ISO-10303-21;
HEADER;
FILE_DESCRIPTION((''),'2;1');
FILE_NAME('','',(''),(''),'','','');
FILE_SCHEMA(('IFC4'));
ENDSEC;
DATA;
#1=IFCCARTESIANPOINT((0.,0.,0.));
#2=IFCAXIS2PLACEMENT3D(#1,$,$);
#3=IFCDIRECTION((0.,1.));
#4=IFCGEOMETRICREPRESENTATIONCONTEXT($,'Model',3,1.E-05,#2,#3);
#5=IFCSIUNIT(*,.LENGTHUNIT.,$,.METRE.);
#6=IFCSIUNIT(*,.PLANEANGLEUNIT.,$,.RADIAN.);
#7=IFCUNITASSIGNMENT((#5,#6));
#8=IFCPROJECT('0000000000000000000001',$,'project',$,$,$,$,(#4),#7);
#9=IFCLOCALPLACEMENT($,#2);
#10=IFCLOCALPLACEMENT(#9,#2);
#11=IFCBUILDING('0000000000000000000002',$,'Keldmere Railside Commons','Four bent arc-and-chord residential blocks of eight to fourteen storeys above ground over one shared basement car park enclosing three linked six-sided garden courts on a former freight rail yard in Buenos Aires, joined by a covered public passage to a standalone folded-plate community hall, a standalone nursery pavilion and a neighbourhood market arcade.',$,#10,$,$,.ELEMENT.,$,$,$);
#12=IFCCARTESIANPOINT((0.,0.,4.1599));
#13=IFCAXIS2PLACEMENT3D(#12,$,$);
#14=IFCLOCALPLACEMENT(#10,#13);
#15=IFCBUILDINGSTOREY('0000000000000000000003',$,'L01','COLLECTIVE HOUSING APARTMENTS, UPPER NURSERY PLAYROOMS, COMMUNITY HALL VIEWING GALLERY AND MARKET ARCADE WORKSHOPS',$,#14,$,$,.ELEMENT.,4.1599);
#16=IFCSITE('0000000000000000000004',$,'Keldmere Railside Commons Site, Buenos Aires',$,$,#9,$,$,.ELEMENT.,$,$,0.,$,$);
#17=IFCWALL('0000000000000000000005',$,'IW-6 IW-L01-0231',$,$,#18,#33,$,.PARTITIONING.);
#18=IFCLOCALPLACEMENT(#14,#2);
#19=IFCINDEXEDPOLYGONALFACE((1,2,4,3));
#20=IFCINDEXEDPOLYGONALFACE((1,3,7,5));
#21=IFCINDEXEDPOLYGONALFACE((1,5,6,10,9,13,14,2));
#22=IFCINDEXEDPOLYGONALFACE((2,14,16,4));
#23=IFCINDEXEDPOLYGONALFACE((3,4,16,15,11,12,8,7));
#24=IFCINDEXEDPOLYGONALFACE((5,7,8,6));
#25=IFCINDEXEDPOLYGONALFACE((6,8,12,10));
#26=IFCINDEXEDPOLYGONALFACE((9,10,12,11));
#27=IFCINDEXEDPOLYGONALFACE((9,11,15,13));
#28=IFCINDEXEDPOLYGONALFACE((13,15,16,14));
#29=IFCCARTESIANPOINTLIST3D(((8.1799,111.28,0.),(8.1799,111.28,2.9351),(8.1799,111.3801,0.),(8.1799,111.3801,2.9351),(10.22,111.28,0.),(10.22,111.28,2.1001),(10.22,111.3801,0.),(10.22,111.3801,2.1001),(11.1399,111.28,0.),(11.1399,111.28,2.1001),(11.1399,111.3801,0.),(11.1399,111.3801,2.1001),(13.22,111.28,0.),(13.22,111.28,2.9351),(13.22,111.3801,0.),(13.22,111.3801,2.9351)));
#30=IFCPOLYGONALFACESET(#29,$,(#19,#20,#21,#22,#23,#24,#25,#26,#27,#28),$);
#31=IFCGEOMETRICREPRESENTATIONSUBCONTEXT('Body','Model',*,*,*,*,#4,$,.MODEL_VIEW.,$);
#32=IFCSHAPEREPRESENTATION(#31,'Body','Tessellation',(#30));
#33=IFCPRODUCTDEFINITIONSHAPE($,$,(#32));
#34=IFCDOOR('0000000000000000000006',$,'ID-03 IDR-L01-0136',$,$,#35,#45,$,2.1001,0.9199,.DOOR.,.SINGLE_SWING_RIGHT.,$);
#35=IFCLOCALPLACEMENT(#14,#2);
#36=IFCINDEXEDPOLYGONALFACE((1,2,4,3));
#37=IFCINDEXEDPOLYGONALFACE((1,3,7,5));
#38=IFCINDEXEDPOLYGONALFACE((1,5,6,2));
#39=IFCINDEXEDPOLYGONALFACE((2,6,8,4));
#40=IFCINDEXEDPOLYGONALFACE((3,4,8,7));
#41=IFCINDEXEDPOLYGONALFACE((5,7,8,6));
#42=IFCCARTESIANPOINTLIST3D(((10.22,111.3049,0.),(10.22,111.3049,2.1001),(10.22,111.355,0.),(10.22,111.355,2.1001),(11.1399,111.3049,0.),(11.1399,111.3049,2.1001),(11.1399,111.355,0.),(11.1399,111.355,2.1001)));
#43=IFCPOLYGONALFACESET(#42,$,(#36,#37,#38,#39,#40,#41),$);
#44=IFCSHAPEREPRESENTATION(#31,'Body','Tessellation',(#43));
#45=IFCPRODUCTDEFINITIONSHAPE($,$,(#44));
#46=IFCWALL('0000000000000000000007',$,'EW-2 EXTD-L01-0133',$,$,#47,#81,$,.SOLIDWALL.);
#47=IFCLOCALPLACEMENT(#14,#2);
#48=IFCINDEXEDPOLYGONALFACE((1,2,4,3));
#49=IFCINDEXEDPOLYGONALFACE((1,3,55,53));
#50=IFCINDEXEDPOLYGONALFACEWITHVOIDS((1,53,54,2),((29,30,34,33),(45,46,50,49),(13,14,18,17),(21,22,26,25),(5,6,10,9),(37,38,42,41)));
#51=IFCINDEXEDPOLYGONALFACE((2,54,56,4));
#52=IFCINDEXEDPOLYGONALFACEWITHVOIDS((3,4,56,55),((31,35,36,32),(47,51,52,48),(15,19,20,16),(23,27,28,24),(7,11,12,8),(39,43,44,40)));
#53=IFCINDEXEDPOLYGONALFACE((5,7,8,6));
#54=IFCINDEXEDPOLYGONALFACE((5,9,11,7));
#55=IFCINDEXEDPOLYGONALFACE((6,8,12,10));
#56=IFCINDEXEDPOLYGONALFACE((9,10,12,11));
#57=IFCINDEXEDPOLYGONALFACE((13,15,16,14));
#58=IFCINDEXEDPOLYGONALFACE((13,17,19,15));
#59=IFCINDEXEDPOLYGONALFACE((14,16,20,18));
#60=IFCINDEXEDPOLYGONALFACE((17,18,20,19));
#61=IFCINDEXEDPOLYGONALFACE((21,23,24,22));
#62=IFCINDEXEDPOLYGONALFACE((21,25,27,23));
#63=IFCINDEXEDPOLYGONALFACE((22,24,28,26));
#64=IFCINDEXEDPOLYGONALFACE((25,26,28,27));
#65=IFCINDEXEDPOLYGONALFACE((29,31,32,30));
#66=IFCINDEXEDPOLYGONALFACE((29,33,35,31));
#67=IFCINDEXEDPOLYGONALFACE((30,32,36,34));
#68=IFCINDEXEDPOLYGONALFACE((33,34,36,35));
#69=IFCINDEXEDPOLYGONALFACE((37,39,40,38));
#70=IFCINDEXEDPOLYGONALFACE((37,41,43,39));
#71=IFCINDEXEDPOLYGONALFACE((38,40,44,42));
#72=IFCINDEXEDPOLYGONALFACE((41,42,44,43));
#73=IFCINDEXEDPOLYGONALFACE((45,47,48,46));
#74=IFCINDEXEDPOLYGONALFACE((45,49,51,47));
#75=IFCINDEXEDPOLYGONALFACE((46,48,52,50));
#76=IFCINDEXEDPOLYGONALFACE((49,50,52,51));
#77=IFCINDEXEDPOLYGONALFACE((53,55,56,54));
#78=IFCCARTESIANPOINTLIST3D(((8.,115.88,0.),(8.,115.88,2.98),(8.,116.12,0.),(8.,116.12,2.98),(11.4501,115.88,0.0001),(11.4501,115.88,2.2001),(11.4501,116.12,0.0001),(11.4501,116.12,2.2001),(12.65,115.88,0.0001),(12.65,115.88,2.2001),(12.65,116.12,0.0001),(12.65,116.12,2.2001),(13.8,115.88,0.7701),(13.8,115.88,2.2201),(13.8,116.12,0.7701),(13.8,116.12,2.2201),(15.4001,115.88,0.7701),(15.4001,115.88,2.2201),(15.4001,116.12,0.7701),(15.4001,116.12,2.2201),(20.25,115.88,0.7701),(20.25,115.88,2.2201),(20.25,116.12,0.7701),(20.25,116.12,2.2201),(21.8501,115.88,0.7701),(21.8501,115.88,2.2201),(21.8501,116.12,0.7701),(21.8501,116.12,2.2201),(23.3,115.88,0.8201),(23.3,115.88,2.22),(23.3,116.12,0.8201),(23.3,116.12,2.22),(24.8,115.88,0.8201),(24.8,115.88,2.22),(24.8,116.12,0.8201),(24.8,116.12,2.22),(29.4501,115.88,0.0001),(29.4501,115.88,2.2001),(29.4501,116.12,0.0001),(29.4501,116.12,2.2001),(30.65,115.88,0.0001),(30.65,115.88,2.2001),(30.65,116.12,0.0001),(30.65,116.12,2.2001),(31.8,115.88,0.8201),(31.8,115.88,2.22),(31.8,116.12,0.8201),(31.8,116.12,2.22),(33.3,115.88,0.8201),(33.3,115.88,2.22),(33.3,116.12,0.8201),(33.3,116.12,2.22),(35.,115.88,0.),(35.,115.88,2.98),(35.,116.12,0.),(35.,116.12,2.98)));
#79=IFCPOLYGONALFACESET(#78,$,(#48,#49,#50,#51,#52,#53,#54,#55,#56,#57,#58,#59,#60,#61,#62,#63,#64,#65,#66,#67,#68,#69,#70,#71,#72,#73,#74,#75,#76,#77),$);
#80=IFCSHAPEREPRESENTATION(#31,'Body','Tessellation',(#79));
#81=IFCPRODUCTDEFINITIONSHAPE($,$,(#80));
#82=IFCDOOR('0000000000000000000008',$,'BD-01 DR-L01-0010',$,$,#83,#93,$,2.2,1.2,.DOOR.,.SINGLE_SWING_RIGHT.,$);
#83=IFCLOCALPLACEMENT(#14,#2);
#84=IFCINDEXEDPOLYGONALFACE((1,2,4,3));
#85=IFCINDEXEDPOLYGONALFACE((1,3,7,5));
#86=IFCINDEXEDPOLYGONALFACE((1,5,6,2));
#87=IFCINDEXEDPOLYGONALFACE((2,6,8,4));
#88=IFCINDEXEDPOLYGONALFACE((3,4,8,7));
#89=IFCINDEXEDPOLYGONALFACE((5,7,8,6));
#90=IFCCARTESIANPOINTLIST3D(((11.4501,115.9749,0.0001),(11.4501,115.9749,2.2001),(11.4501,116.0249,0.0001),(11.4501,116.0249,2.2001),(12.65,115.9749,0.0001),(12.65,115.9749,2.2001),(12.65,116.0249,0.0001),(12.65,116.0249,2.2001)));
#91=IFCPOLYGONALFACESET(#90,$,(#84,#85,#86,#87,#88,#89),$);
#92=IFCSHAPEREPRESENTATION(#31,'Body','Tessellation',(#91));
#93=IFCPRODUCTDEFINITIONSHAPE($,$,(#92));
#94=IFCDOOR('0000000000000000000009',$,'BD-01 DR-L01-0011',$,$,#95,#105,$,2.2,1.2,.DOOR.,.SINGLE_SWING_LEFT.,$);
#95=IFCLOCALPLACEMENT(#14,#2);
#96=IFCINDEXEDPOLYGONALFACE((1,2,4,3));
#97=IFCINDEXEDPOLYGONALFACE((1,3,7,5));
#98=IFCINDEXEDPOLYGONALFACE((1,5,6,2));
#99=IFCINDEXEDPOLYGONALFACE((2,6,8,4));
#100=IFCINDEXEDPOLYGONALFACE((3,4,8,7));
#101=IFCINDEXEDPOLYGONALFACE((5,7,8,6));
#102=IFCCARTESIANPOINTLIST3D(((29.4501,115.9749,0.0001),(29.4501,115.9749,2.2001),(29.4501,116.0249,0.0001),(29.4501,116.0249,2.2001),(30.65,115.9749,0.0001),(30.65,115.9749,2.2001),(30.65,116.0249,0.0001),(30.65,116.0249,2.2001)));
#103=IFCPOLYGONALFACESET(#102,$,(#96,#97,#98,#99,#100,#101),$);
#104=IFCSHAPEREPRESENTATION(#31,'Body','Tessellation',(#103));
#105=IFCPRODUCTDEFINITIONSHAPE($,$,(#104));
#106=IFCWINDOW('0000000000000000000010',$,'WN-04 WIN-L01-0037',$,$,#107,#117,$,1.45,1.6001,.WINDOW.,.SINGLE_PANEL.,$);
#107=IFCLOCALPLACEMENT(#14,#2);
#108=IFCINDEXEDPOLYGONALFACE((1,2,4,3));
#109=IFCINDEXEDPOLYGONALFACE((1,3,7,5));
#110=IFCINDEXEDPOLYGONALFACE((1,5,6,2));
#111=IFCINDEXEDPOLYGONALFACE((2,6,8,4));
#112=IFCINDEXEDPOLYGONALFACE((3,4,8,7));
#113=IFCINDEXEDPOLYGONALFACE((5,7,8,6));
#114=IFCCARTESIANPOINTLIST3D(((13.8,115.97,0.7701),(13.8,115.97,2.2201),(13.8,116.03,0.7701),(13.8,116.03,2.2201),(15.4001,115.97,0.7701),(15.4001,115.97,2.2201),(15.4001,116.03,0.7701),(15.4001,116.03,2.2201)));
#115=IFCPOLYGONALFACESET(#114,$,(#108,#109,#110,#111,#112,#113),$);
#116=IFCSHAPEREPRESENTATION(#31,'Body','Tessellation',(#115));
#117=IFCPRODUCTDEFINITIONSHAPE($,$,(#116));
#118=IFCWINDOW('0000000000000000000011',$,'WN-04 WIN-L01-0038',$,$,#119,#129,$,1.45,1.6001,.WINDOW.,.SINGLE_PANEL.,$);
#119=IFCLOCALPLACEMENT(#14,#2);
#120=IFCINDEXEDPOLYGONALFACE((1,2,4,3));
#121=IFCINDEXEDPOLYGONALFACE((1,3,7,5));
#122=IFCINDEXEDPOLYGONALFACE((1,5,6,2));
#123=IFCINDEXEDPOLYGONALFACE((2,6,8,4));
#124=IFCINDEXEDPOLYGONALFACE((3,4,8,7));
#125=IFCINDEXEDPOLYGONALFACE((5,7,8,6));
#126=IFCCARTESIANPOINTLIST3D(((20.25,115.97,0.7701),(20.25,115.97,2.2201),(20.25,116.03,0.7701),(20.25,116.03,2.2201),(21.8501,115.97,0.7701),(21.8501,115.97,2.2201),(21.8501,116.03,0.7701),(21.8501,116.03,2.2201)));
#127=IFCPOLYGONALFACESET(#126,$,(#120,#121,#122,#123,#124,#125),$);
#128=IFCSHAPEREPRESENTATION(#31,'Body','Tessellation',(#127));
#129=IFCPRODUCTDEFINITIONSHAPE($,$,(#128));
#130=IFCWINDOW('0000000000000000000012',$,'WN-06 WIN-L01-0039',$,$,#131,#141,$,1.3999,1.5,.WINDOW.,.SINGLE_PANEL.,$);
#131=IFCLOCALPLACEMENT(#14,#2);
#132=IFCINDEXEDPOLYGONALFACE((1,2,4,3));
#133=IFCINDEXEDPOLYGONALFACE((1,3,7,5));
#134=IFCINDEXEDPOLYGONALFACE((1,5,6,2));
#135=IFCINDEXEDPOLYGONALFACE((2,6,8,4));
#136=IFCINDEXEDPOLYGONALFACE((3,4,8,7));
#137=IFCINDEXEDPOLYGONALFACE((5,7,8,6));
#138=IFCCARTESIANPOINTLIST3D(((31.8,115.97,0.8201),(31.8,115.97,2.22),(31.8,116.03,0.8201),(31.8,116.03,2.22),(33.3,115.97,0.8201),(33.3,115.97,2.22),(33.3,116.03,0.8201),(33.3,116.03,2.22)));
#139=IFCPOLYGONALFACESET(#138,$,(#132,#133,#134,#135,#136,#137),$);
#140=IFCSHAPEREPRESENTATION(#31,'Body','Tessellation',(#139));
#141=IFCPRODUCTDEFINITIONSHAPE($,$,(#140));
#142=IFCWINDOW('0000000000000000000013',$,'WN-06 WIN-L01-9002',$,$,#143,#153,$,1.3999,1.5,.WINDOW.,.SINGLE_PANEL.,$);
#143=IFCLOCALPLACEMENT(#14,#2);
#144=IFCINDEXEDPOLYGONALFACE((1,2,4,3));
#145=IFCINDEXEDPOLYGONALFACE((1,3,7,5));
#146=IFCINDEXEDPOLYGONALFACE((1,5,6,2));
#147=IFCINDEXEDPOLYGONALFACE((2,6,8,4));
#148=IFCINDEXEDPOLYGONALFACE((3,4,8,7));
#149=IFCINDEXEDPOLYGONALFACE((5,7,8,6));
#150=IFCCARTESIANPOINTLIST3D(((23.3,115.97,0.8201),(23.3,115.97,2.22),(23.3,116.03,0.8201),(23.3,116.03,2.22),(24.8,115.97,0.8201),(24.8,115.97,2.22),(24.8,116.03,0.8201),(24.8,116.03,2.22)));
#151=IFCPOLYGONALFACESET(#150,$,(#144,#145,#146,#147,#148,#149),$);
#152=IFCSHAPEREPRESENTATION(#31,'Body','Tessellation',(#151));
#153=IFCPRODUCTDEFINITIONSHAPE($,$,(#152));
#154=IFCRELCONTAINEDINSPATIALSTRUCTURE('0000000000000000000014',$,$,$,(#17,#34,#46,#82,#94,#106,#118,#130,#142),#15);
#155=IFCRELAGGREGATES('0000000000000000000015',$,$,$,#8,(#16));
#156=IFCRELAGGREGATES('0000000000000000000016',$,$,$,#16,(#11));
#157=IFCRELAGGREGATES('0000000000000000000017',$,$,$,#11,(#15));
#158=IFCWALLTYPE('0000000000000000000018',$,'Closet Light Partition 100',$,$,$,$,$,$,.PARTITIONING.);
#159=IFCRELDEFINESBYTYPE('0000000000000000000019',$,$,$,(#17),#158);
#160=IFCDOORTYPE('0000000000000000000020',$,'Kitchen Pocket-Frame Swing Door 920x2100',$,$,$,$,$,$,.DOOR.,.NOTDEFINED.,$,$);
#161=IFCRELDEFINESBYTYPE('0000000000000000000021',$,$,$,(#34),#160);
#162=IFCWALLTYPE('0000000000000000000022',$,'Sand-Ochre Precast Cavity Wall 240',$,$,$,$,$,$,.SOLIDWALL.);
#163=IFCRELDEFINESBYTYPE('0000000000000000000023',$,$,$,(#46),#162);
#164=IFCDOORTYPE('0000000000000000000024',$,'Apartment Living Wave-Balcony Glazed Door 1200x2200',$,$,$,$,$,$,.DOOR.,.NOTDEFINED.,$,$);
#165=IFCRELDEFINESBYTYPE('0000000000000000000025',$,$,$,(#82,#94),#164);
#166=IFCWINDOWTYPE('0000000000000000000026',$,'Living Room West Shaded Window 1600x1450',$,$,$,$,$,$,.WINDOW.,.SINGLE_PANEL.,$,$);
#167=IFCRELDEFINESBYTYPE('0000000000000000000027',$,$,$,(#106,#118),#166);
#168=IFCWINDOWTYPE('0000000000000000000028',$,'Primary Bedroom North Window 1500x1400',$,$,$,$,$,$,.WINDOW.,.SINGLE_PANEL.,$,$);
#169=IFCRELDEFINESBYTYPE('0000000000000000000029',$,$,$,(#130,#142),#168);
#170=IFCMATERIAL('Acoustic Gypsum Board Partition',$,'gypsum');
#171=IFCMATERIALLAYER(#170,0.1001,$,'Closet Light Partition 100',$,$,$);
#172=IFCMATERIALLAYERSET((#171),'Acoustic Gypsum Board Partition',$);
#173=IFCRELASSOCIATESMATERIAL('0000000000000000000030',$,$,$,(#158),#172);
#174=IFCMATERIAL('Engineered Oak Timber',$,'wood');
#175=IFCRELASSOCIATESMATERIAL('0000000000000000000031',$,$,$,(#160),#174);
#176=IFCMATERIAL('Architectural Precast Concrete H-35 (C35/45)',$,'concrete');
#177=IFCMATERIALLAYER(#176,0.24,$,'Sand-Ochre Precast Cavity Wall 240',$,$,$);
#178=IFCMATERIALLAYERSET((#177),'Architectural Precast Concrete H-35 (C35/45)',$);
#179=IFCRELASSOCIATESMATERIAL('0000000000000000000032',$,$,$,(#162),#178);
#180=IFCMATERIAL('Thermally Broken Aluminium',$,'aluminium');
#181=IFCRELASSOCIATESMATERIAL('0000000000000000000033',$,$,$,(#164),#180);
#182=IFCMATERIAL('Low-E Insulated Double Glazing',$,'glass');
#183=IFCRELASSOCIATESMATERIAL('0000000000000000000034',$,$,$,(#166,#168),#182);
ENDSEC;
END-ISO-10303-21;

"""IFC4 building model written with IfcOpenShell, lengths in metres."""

from ifc_helpers import new_model, si_unit, direction, frame, frame_2d, origin, place, context, subcontext, project, spatial, rectangle, extrude, material, layer, layer_set, type_object, element, fill, save


model = new_model("IFC4")

# Units and contexts
model_context = context("Model", 3, precision=1e-05, world=origin(), true_north=direction((0.0, 1.0)))
body_context = subcontext(model_context, "Body", "Model", "MODEL_VIEW")
ifc_project = project(units=[si_unit("LENGTHUNIT", "METRE"), si_unit("PLANEANGLEUNIT", "RADIAN")], contexts=[model_context])

# Site, building, storey
site_placement = place(None, origin())
site = spatial("IfcSite", under=ifc_project, at=site_placement, Name="Keldmere Railside Commons Site, Buenos Aires", CompositionType="ELEMENT", RefElevation=0.0)
building_placement = place(site_placement, origin())
building = spatial("IfcBuilding", under=site, at=building_placement, Name="Keldmere Railside Commons", Description="Four bent arc-and-chord residential blocks of eight to fourteen storeys above ground over one shared basement car park enclosing three linked six-sided garden courts on a former freight rail yard in Buenos Aires, joined by a covered public passage to a standalone folded-plate community hall, a standalone nursery pavilion and a neighbourhood market arcade.", CompositionType="ELEMENT")
storey_placement = place(building_placement, frame((0.0, 0.0, 4.1599)))
storey = spatial("IfcBuildingStorey", under=building, at=storey_placement, Name="L01", Description="COLLECTIVE HOUSING APARTMENTS, UPPER NURSERY PLAYROOMS, COMMUNITY HALL VIEWING GALLERY AND MARKET ARCADE WORKSHOPS", CompositionType="ELEMENT", Elevation=4.1599)

# Shared definitions
ifc_material_1 = material(Name="Architectural Precast Concrete H-35 (C35/45)", Category="concrete")

# Wall, opening, door
ifc_material_2 = material(Name="Acoustic Gypsum Board Partition", Category="gypsum")
ifc_layer_1 = layer(ifc_material_2, 0.1001, Name="Closet Light Partition 100")
ifc_layer_set_1 = layer_set([ifc_layer_1], Name="Acoustic Gypsum Board Partition")
wall_type_1 = type_object("IfcWallType", Name="Closet Light Partition 100", PredefinedType="PARTITIONING", material=ifc_layer_set_1)
wall_1_placement = place(storey_placement, frame((8.1799, 111.3301, 0.0), z_axis=(0.0, 0.0, 1.0), x_axis=(1.0, 0.0, 0.0)))
wall_1 = element("IfcWall", 1, at=wall_1_placement, inside=storey, type_object=wall_type_1, Name="IW-6 IW-L01-0231", PredefinedType="PARTITIONING", context=body_context, shape_type="SweptSolid", body=[
    extrude(rectangle(XDim=5.04, YDim=0.1001, at=frame_2d((2.52, 0.0))), origin(), (0.0, 0.0, 1.0), 2.9351),
])
opening_1_placement = place(wall_1_placement, frame((2.04, 0.0, 0.0)))
opening_1 = element("IfcOpeningElement", 2, at=opening_1_placement, cuts=wall_1, PredefinedType="OPENING", context=body_context, shape_type="SweptSolid", body=[
    extrude(rectangle(XDim=0.9199, YDim=2.1001, at=frame_2d((0.46, 1.05))), frame((0.0, 0.0601, 0.0), z_axis=(0.0, -1.0, 0.0), x_axis=(1.0, 0.0, 0.0)), (0.0, 0.0, 1.0), 0.1201),
])
ifc_material_3 = material(Name="Engineered Oak Timber", Category="wood")
door_type_1 = type_object("IfcDoorType", Name="Kitchen Pocket-Frame Swing Door 920x2100", OperationType="NOTDEFINED", PredefinedType="DOOR", material=ifc_material_3)
door_1_placement = place(opening_1_placement, origin())
door_1 = element("IfcDoor", 3, at=door_1_placement, inside=storey, type_object=door_type_1, Name="ID-03 IDR-L01-0136", OperationType="SINGLE_SWING_RIGHT", OverallHeight=2.1001, OverallWidth=0.9199, PredefinedType="DOOR", context=body_context, shape_type="SweptSolid", body=[
    extrude(rectangle(XDim=0.9199, YDim=2.1001, at=frame_2d((0.46, 1.05))), frame((0.0, 0.0249, 0.0), z_axis=(0.0, -1.0, 0.0), x_axis=(1.0, 0.0, 0.0)), (0.0, 0.0, 1.0), 0.05),
])
fill(opening_1, door_1)

# Wall, openings, doors, windows
ifc_layer_2 = layer(ifc_material_1, 0.24, Name="Sand-Ochre Precast Cavity Wall 240")
ifc_layer_set_2 = layer_set([ifc_layer_2], Name="Architectural Precast Concrete H-35 (C35/45)")
wall_type_2 = type_object("IfcWallType", Name="Sand-Ochre Precast Cavity Wall 240", PredefinedType="SOLIDWALL", material=ifc_layer_set_2)
wall_2_placement = place(storey_placement, frame((8.0, 116.0, 0.0), z_axis=(0.0, 0.0, 1.0), x_axis=(1.0, 0.0, 0.0)))
wall_2 = element("IfcWall", 4, at=wall_2_placement, inside=storey, type_object=wall_type_2, Name="EW-2 EXTD-L01-0133", PredefinedType="SOLIDWALL", context=body_context, shape_type="SweptSolid", body=[
    extrude(rectangle(XDim=27.0, YDim=0.24, at=frame_2d((13.5, 0.0))), origin(), (0.0, 0.0, 1.0), 2.98),
])
opening_2_placement = place(wall_2_placement, frame((3.45, 0.0, 0.0)))
opening_2 = element("IfcOpeningElement", 5, at=opening_2_placement, cuts=wall_2, PredefinedType="OPENING", context=body_context, shape_type="SweptSolid", body=[
    extrude(rectangle(XDim=1.2, YDim=2.2, at=frame_2d((0.6001, 1.1001))), frame((0.0, 0.1299, 0.0), z_axis=(0.0, -1.0, 0.0), x_axis=(1.0, 0.0, 0.0)), (0.0, 0.0, 1.0), 0.26),
])
opening_3_placement = place(wall_2_placement, frame((5.8, 0.0, 0.77)))
opening_3 = element("IfcOpeningElement", 6, at=opening_3_placement, cuts=wall_2, PredefinedType="OPENING", context=body_context, shape_type="SweptSolid", body=[
    extrude(rectangle(XDim=1.6001, YDim=1.45, at=frame_2d((0.8, 0.7251))), frame((0.0, 0.1299, 0.0), z_axis=(0.0, -1.0, 0.0), x_axis=(1.0, 0.0, 0.0)), (0.0, 0.0, 1.0), 0.26),
])
opening_4_placement = place(wall_2_placement, frame((12.25, 0.0, 0.77)))
opening_4 = element("IfcOpeningElement", 7, at=opening_4_placement, cuts=wall_2, PredefinedType="OPENING", context=body_context, shape_type="SweptSolid", body=[
    extrude(rectangle(XDim=1.6001, YDim=1.45, at=frame_2d((0.8, 0.7251))), frame((0.0, 0.1299, 0.0), z_axis=(0.0, -1.0, 0.0), x_axis=(1.0, 0.0, 0.0)), (0.0, 0.0, 1.0), 0.26),
])
opening_5_placement = place(wall_2_placement, frame((21.45, 0.0, 0.0)))
opening_5 = element("IfcOpeningElement", 8, at=opening_5_placement, cuts=wall_2, PredefinedType="OPENING", context=body_context, shape_type="SweptSolid", body=[
    extrude(rectangle(XDim=1.2, YDim=2.2, at=frame_2d((0.6001, 1.1001))), frame((0.0, 0.1299, 0.0), z_axis=(0.0, -1.0, 0.0), x_axis=(1.0, 0.0, 0.0)), (0.0, 0.0, 1.0), 0.26),
])
opening_6_placement = place(wall_2_placement, frame((23.8, 0.0, 0.8201)))
opening_6 = element("IfcOpeningElement", 9, at=opening_6_placement, cuts=wall_2, PredefinedType="OPENING", context=body_context, shape_type="SweptSolid", body=[
    extrude(rectangle(XDim=1.5, YDim=1.3999, at=frame_2d((0.75, 0.7))), frame((0.0, 0.1299, 0.0), z_axis=(0.0, -1.0, 0.0), x_axis=(1.0, 0.0, 0.0)), (0.0, 0.0, 1.0), 0.26),
])
opening_7_placement = place(wall_2_placement, frame((15.3, 0.0, 0.8201)))
opening_7 = element("IfcOpeningElement", 10, at=opening_7_placement, cuts=wall_2, PredefinedType="OPENING", context=body_context, shape_type="SweptSolid", body=[
    extrude(rectangle(XDim=1.5, YDim=1.3999, at=frame_2d((0.75, 0.7))), frame((0.0, 0.1299, 0.0), z_axis=(0.0, -1.0, 0.0), x_axis=(1.0, 0.0, 0.0)), (0.0, 0.0, 1.0), 0.26),
])
ifc_material_4 = material(Name="Thermally Broken Aluminium", Category="aluminium")
door_type_2 = type_object("IfcDoorType", Name="Apartment Living Wave-Balcony Glazed Door 1200x2200", OperationType="NOTDEFINED", PredefinedType="DOOR", material=ifc_material_4)
door_2_placement = place(opening_2_placement, origin())
door_2 = element("IfcDoor", 11, at=door_2_placement, inside=storey, type_object=door_type_2, Name="BD-01 DR-L01-0010", OperationType="SINGLE_SWING_RIGHT", OverallHeight=2.2, OverallWidth=1.2, PredefinedType="DOOR", context=body_context, shape_type="SweptSolid", body=[
    extrude(rectangle(XDim=1.2, YDim=2.2, at=frame_2d((0.6001, 1.1001))), frame((0.0, 0.0249, 0.0), z_axis=(0.0, -1.0, 0.0), x_axis=(1.0, 0.0, 0.0)), (0.0, 0.0, 1.0), 0.05),
])
fill(opening_2, door_2)
door_3_placement = place(opening_5_placement, origin())
door_3 = element("IfcDoor", 12, at=door_3_placement, inside=storey, type_object=door_type_2, Name="BD-01 DR-L01-0011", OperationType="SINGLE_SWING_LEFT", OverallHeight=2.2, OverallWidth=1.2, PredefinedType="DOOR", context=body_context, shape_type="SweptSolid", body=[
    extrude(rectangle(XDim=1.2, YDim=2.2, at=frame_2d((0.6001, 1.1001))), frame((0.0, 0.0249, 0.0), z_axis=(0.0, -1.0, 0.0), x_axis=(1.0, 0.0, 0.0)), (0.0, 0.0, 1.0), 0.05),
])
fill(opening_5, door_3)
ifc_material_5 = material(Name="Low-E Insulated Double Glazing", Category="glass")
window_type_1 = type_object("IfcWindowType", Name="Living Room West Shaded Window 1600x1450", PartitioningType="SINGLE_PANEL", PredefinedType="WINDOW", material=ifc_material_5)
window_1_placement = place(opening_3_placement, origin())
window_1 = element("IfcWindow", 13, at=window_1_placement, inside=storey, type_object=window_type_1, Name="WN-04 WIN-L01-0037", OverallHeight=1.45, OverallWidth=1.6001, PartitioningType="SINGLE_PANEL", PredefinedType="WINDOW", context=body_context, shape_type="SweptSolid", body=[
    extrude(rectangle(XDim=1.6001, YDim=1.45, at=frame_2d((0.8, 0.7251))), frame((0.0, 0.03, 0.0), z_axis=(0.0, -1.0, 0.0), x_axis=(1.0, 0.0, 0.0)), (0.0, 0.0, 1.0), 0.0601),
])
fill(opening_3, window_1)
window_2_placement = place(opening_4_placement, origin())
window_2 = element("IfcWindow", 14, at=window_2_placement, inside=storey, type_object=window_type_1, Name="WN-04 WIN-L01-0038", OverallHeight=1.45, OverallWidth=1.6001, PartitioningType="SINGLE_PANEL", PredefinedType="WINDOW", context=body_context, shape_type="SweptSolid", body=[
    extrude(rectangle(XDim=1.6001, YDim=1.45, at=frame_2d((0.8, 0.7251))), frame((0.0, 0.03, 0.0), z_axis=(0.0, -1.0, 0.0), x_axis=(1.0, 0.0, 0.0)), (0.0, 0.0, 1.0), 0.0601),
])
fill(opening_4, window_2)
window_type_2 = type_object("IfcWindowType", Name="Primary Bedroom North Window 1500x1400", PartitioningType="SINGLE_PANEL", PredefinedType="WINDOW", material=ifc_material_5)
window_3_placement = place(opening_6_placement, origin())
window_3 = element("IfcWindow", 15, at=window_3_placement, inside=storey, type_object=window_type_2, Name="WN-06 WIN-L01-0039", OverallHeight=1.3999, OverallWidth=1.5, PartitioningType="SINGLE_PANEL", PredefinedType="WINDOW", context=body_context, shape_type="SweptSolid", body=[
    extrude(rectangle(XDim=1.5, YDim=1.3999, at=frame_2d((0.75, 0.7))), frame((0.0, 0.03, 0.0), z_axis=(0.0, -1.0, 0.0), x_axis=(1.0, 0.0, 0.0)), (0.0, 0.0, 1.0), 0.0601),
])
fill(opening_6, window_3)
window_4_placement = place(opening_7_placement, origin())
window_4 = element("IfcWindow", 16, at=window_4_placement, inside=storey, type_object=window_type_2, Name="WN-06 WIN-L01-9002", OverallHeight=1.3999, OverallWidth=1.5, PartitioningType="SINGLE_PANEL", PredefinedType="WINDOW", context=body_context, shape_type="SweptSolid", body=[
    extrude(rectangle(XDim=1.5, YDim=1.3999, at=frame_2d((0.75, 0.7))), frame((0.0, 0.03, 0.0), z_axis=(0.0, -1.0, 0.0), x_axis=(1.0, 0.0, 0.0)), (0.0, 0.0, 1.0), 0.0601),
])
fill(opening_7, window_4)

save(model, "model.ifc")
